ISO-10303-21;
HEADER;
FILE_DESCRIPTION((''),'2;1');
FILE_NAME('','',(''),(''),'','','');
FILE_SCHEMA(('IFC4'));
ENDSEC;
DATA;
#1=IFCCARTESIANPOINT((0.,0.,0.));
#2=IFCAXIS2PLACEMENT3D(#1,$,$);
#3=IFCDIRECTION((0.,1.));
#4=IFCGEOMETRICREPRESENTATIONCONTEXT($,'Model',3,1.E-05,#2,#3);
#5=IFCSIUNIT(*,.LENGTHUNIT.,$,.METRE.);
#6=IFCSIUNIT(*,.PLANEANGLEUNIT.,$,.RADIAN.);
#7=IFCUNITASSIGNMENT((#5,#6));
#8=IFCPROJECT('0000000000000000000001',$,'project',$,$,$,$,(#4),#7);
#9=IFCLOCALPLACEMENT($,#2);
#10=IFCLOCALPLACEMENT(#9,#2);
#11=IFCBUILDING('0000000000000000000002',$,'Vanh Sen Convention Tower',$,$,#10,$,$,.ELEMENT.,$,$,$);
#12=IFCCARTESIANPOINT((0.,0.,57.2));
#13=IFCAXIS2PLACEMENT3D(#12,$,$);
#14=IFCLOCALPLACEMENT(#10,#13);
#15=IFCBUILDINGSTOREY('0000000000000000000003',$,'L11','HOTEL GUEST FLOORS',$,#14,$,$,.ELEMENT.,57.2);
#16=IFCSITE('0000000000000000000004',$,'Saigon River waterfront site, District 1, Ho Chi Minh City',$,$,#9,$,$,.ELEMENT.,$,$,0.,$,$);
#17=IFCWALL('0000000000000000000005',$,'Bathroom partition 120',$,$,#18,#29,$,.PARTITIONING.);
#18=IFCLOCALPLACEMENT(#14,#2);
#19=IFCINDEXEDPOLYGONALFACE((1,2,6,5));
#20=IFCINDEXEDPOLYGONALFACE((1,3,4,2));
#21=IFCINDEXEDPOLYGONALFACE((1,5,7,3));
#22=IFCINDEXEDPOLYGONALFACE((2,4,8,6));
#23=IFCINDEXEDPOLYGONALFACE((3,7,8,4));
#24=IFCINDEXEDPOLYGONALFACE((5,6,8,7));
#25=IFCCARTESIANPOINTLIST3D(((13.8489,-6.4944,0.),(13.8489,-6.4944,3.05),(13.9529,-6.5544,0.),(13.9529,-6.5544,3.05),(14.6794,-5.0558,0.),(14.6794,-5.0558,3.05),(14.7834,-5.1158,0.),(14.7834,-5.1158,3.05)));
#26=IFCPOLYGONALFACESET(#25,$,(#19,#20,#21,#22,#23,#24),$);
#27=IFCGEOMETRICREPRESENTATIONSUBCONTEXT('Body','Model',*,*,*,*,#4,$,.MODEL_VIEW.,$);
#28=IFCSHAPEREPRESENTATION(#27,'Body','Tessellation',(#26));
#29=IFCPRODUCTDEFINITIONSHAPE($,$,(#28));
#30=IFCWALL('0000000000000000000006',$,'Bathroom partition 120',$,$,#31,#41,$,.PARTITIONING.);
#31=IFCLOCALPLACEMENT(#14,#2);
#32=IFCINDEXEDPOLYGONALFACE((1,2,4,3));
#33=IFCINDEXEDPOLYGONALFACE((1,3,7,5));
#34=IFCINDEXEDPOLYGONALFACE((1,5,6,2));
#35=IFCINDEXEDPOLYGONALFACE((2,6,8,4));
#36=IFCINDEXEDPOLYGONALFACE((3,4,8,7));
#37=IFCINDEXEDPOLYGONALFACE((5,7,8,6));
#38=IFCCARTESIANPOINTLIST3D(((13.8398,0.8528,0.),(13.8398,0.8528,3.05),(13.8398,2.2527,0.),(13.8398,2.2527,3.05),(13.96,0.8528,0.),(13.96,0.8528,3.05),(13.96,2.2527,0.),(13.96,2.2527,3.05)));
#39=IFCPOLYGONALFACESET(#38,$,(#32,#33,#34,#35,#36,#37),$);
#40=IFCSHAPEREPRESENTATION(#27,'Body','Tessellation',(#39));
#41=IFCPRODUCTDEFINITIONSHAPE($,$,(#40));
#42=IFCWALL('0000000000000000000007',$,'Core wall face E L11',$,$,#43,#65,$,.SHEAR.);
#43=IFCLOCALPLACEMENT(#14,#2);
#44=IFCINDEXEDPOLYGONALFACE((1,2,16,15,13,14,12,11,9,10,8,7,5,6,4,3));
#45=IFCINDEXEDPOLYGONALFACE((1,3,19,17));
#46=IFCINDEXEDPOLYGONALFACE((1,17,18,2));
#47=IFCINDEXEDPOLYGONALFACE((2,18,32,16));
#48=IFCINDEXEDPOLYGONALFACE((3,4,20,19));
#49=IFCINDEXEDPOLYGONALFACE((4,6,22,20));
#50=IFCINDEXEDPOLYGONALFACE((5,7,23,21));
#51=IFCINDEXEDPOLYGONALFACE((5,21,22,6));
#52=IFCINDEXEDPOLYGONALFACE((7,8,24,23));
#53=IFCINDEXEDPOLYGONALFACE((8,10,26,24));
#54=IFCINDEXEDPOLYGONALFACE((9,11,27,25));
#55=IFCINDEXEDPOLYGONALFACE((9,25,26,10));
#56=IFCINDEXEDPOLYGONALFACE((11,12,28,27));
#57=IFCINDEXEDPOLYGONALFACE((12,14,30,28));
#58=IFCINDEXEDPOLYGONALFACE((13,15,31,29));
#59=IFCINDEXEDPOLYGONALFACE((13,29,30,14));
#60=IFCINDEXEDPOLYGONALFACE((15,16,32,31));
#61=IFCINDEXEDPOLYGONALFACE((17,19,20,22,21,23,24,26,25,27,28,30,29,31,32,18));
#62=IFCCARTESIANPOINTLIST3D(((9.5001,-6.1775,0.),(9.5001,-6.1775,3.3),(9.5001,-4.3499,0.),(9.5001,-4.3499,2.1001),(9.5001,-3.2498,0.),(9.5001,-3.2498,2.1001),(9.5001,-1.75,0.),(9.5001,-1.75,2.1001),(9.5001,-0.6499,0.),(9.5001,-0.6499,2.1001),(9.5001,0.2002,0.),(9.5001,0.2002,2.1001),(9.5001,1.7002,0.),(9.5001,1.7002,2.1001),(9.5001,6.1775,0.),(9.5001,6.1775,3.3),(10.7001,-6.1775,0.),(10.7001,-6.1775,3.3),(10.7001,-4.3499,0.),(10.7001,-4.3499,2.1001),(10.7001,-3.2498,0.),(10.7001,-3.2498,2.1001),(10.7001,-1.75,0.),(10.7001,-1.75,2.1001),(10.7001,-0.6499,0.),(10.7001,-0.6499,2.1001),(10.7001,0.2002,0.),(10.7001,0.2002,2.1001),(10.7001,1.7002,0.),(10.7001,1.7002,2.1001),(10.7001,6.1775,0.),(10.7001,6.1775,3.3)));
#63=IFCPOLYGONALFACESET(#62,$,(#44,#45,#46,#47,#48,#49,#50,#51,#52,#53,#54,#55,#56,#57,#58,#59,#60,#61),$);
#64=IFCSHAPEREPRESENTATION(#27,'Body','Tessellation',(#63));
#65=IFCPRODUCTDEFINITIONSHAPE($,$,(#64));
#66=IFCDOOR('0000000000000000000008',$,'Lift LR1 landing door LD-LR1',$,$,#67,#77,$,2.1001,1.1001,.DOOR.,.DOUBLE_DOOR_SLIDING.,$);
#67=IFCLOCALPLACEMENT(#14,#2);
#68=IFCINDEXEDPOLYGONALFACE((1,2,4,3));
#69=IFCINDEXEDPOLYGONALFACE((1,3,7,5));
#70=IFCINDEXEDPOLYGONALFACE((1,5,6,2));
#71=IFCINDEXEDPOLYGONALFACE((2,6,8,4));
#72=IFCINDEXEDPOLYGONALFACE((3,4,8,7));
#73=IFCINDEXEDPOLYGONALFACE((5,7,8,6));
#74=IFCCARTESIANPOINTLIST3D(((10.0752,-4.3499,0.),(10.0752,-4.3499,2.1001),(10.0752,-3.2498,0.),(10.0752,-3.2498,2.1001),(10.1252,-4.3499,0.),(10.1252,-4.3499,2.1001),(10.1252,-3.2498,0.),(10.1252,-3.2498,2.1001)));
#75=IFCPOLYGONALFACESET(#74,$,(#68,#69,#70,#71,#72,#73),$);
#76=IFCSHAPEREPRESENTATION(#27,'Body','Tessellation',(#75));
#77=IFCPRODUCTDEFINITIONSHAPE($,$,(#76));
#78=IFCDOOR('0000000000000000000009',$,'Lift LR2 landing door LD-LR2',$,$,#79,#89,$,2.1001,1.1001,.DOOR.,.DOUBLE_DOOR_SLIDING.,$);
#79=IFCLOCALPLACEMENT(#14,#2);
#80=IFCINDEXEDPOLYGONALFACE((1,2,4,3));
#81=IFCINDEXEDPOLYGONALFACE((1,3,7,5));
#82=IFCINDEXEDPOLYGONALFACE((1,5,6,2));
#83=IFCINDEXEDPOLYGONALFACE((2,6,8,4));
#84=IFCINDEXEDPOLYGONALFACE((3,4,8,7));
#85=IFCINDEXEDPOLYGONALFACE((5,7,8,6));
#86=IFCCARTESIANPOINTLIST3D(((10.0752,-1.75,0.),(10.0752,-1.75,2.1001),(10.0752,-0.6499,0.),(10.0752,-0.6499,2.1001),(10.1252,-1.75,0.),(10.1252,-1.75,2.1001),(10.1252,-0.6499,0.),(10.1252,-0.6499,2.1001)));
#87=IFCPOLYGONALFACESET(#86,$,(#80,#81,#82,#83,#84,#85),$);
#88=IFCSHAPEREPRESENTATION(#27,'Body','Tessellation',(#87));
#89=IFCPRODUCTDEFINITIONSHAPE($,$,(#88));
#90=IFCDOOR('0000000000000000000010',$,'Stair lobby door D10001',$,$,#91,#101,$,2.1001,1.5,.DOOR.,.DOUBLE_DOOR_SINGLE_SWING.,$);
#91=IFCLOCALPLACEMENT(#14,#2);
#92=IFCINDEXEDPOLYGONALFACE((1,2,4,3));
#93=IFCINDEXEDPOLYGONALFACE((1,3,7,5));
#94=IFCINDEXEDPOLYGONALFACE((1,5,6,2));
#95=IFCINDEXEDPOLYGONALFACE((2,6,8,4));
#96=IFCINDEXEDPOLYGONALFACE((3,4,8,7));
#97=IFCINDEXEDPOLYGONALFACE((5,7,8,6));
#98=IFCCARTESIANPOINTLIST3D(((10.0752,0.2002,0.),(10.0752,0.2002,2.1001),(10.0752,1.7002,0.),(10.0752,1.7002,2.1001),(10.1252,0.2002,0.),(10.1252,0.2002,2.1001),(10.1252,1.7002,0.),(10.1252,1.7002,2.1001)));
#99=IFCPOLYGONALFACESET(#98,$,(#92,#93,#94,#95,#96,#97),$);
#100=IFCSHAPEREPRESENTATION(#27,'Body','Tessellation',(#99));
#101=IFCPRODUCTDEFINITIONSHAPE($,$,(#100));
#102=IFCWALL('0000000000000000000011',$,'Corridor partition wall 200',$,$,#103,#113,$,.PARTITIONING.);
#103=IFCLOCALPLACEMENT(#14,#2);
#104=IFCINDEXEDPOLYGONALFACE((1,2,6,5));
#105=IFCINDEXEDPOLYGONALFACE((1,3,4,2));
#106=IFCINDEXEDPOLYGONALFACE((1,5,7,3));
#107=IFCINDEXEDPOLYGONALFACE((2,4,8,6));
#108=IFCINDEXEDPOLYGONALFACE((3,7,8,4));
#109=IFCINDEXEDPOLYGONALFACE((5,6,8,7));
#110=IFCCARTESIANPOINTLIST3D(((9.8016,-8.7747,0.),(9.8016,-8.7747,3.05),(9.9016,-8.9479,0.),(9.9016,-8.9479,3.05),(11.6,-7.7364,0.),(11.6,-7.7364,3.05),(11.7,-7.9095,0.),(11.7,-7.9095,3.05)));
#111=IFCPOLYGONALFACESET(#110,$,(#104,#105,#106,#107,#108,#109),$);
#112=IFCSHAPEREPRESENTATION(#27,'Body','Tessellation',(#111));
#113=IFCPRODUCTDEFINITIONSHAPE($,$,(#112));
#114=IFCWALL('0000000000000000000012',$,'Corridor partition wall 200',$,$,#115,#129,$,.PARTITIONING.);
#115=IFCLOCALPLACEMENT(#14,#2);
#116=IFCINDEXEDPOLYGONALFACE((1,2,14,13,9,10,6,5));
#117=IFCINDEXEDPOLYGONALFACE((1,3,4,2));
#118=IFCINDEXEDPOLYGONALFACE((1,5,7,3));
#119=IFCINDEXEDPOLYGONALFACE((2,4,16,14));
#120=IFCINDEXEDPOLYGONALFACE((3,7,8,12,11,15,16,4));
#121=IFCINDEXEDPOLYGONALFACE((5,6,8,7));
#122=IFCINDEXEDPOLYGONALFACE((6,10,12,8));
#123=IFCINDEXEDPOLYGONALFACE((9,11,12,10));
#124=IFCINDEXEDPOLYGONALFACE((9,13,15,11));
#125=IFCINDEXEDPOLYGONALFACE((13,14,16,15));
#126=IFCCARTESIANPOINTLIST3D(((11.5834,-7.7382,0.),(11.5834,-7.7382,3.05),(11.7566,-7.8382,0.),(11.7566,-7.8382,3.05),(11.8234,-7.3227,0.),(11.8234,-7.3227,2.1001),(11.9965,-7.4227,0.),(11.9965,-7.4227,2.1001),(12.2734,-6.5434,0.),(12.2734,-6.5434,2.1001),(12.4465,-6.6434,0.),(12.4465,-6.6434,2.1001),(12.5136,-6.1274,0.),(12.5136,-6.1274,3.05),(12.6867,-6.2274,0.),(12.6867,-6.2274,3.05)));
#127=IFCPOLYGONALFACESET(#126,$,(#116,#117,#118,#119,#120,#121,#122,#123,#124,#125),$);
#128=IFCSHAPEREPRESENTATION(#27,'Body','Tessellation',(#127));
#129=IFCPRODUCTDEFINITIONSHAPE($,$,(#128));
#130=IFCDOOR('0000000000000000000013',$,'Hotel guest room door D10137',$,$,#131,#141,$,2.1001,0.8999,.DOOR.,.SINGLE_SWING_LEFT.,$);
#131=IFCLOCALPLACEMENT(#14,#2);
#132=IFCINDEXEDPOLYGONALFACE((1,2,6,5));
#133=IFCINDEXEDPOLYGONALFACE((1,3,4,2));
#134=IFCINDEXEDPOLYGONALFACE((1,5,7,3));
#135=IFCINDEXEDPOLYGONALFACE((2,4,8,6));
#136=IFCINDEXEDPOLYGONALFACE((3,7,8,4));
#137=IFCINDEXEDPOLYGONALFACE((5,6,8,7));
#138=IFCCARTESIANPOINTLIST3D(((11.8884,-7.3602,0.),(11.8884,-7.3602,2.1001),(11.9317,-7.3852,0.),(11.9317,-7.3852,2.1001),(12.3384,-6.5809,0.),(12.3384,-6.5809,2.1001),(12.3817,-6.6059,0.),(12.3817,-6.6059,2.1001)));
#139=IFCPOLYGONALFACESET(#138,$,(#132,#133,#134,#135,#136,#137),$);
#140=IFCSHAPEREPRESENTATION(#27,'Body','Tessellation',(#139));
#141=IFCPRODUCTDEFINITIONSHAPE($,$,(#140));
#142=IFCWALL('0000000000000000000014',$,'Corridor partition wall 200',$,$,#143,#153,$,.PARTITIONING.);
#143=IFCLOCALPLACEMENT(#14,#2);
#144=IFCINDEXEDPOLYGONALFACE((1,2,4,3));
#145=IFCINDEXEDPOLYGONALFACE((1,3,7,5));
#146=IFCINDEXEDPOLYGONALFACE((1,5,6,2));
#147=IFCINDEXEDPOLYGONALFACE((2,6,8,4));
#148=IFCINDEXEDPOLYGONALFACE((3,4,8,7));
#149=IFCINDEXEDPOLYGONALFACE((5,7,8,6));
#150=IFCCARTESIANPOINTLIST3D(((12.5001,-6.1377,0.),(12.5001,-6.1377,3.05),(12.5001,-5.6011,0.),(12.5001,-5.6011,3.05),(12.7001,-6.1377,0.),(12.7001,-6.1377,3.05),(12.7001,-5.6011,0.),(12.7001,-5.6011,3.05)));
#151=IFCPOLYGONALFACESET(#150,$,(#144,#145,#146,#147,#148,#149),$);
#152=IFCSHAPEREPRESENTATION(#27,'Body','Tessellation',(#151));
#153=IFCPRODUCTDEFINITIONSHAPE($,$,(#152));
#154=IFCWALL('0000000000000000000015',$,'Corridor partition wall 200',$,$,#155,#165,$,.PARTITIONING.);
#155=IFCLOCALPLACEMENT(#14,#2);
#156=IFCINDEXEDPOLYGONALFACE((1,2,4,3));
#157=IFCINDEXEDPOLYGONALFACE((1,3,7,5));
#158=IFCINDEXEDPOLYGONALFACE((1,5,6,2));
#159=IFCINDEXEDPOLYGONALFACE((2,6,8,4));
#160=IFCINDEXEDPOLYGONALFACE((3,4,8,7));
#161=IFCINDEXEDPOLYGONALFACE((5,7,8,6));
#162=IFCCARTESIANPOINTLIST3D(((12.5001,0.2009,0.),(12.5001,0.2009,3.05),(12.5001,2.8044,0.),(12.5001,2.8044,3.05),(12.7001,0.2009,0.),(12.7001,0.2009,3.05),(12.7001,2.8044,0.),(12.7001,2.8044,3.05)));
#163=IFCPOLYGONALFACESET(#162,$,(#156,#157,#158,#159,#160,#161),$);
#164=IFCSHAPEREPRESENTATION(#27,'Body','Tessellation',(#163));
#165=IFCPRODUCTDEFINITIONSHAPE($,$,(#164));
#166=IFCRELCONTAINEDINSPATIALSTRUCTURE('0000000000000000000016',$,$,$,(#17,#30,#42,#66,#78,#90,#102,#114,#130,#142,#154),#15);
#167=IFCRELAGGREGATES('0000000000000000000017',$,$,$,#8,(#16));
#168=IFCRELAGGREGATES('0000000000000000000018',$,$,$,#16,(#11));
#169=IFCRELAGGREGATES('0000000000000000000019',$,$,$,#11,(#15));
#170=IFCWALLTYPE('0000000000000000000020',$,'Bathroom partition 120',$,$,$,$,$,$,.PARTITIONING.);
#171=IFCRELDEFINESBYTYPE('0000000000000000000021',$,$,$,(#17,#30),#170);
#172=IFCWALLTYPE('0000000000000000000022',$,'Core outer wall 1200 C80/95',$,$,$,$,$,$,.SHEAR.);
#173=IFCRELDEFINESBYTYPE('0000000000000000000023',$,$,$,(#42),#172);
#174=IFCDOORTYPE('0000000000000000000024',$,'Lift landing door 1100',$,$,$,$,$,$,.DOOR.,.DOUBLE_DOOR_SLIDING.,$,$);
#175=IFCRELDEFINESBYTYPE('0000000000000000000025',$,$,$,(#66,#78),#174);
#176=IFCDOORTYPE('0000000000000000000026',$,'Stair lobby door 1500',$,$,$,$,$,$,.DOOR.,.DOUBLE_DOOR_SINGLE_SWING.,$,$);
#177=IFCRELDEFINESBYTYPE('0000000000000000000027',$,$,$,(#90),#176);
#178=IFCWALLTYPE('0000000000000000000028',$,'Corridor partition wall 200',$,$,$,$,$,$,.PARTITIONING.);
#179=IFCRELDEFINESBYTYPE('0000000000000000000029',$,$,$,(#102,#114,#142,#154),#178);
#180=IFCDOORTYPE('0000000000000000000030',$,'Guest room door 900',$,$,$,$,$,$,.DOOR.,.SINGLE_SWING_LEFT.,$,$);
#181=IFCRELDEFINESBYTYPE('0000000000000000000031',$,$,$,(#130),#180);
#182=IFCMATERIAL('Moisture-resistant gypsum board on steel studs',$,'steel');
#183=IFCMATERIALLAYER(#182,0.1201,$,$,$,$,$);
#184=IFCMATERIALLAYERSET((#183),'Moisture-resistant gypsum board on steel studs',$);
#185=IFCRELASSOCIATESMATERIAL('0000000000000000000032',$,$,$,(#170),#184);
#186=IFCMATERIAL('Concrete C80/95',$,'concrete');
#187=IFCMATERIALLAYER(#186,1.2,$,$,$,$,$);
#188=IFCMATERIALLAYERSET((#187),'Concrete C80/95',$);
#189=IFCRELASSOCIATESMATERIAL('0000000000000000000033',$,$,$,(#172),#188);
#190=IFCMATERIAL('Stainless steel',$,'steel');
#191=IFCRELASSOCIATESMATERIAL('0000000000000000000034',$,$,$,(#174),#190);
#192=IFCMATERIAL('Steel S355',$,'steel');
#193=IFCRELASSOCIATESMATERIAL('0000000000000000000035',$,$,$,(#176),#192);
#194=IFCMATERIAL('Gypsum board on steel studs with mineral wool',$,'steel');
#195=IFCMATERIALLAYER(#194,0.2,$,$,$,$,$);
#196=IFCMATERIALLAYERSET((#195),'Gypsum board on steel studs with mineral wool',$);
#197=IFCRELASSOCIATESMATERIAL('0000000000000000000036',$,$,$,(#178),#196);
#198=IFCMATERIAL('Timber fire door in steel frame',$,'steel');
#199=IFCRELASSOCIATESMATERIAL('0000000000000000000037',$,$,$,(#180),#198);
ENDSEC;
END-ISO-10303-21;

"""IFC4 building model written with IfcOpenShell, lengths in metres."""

from ifc_helpers import new_model, si_unit, direction, frame, frame_2d, origin, place, context, subcontext, project, spatial, rectangle, extrude, material, layer, layer_set, type_object, element, fill, save


model = new_model("IFC4")

# Units and contexts
model_context = context("Model", 3, precision=1e-05, world=origin(), true_north=direction((0.0, 1.0)))
body_context = subcontext(model_context, "Body", "Model", "MODEL_VIEW")
ifc_project = project(units=[si_unit("LENGTHUNIT", "METRE"), si_unit("PLANEANGLEUNIT", "RADIAN")], contexts=[model_context])

# Site, building, storey
site_placement = place(None, origin())
site = spatial("IfcSite", under=ifc_project, at=site_placement, Name="Saigon River waterfront site, District 1, Ho Chi Minh City", CompositionType="ELEMENT", RefElevation=0.0)
building_placement = place(site_placement, origin())
building = spatial("IfcBuilding", under=site, at=building_placement, Name="Vanh Sen Convention Tower", CompositionType="ELEMENT")
storey_placement = place(building_placement, frame((0.0, 0.0, 57.2)))
storey = spatial("IfcBuildingStorey", under=building, at=storey_placement, Name="L11", Description="HOTEL GUEST FLOORS", CompositionType="ELEMENT", Elevation=57.2)

# Walls
ifc_material_1 = material(Name="Moisture-resistant gypsum board on steel studs", Category="steel")
ifc_layer_1 = layer(ifc_material_1, 0.1201)
ifc_layer_set_1 = layer_set([ifc_layer_1], Name="Moisture-resistant gypsum board on steel studs")
wall_type_1 = type_object("IfcWallType", Name="Bathroom partition 120", PredefinedType="PARTITIONING", material=ifc_layer_set_1)
wall_1_placement = place(storey_placement, frame((13.9009, -6.5244, 0.0), z_axis=(0.0, 0.0, 1.0), x_axis=(0.499964, 0.866046, 0.0)))
element("IfcWall", 1, at=wall_1_placement, inside=storey, type_object=wall_type_1, Name="Bathroom partition 120", PredefinedType="PARTITIONING", context=body_context, shape_type="SweptSolid", body=[
    extrude(rectangle(XDim=1.6611, YDim=0.1201, at=frame_2d((0.8306, 0.0))), origin(), (0.0, 0.0, 1.0), 3.05),
])
wall_2_placement = place(storey_placement, frame((13.8999, 0.8528, 0.0), z_axis=(0.0, 0.0, 1.0), x_axis=(0.0, 1.0, 0.0)))
element("IfcWall", 2, at=wall_2_placement, inside=storey, type_object=wall_type_1, Name="Bathroom partition 120", PredefinedType="PARTITIONING", context=body_context, shape_type="SweptSolid", body=[
    extrude(rectangle(XDim=1.3999, YDim=0.1201, at=frame_2d((0.7, 0.0))), origin(), (0.0, 0.0, 1.0), 3.05),
])

# Wall, openings, doors
ifc_material_2 = material(Name="Concrete C80/95", Category="concrete")
ifc_layer_2 = layer(ifc_material_2, 1.2)
ifc_layer_set_2 = layer_set([ifc_layer_2], Name="Concrete C80/95")
wall_type_2 = type_object("IfcWallType", Name="Core outer wall 1200 C80/95", PredefinedType="SHEAR", material=ifc_layer_set_2)
wall_3_placement = place(storey_placement, frame((10.1001, -6.1775, 0.0), z_axis=(0.0, 0.0, 1.0), x_axis=(0.0, 1.0, 0.0)))
wall_3 = element("IfcWall", 3, at=wall_3_placement, inside=storey, type_object=wall_type_2, Name="Core wall face E L11", PredefinedType="SHEAR", context=body_context, shape_type="SweptSolid", body=[
    extrude(rectangle(XDim=12.355, YDim=1.2, at=frame_2d((6.1775, 0.0))), origin(), (0.0, 0.0, 1.0), 3.3),
])
opening_1_placement = place(wall_3_placement, frame((6.3777, 0.0, 0.0)))
opening_1 = element("IfcOpeningElement", 4, at=opening_1_placement, cuts=wall_3, PredefinedType="OPENING", context=body_context, shape_type="SweptSolid", body=[
    extrude(rectangle(XDim=1.5, YDim=2.1001, at=frame_2d((0.75, 1.05))), frame((0.0, 0.6099, 0.0), z_axis=(0.0, -1.0, 0.0), x_axis=(1.0, 0.0, 0.0)), (0.0, 0.0, 1.0), 1.22),
])
opening_2_placement = place(wall_3_placement, frame((1.8276, 0.0, 0.0)))
opening_2 = element("IfcOpeningElement", 5, at=opening_2_placement, cuts=wall_3, PredefinedType="OPENING", context=body_context, shape_type="SweptSolid", body=[
    extrude(rectangle(XDim=1.1001, YDim=2.1001, at=frame_2d((0.55, 1.05))), frame((0.0, 0.6099, 0.0), z_axis=(0.0, -1.0, 0.0), x_axis=(1.0, 0.0, 0.0)), (0.0, 0.0, 1.0), 1.22),
])
opening_3_placement = place(wall_3_placement, frame((4.4275, 0.0, 0.0)))
opening_3 = element("IfcOpeningElement", 6, at=opening_3_placement, cuts=wall_3, PredefinedType="OPENING", context=body_context, shape_type="SweptSolid", body=[
    extrude(rectangle(XDim=1.1001, YDim=2.1001, at=frame_2d((0.55, 1.05))), frame((0.0, 0.6099, 0.0), z_axis=(0.0, -1.0, 0.0), x_axis=(1.0, 0.0, 0.0)), (0.0, 0.0, 1.0), 1.22),
])
ifc_material_3 = material(Name="Stainless steel", Category="steel")
door_type_1 = type_object("IfcDoorType", Name="Lift landing door 1100", OperationType="DOUBLE_DOOR_SLIDING", PredefinedType="DOOR", material=ifc_material_3)
door_1_placement = place(opening_2_placement, origin())
door_1 = element("IfcDoor", 7, at=door_1_placement, inside=storey, type_object=door_type_1, Name="Lift LR1 landing door LD-LR1", OperationType="DOUBLE_DOOR_SLIDING", OverallHeight=2.1001, OverallWidth=1.1001, PredefinedType="DOOR", context=body_context, shape_type="SweptSolid", body=[
    extrude(rectangle(XDim=1.1001, YDim=2.1001, at=frame_2d((0.55, 1.05))), frame((0.0, 0.0249, 0.0), z_axis=(0.0, -1.0, 0.0), x_axis=(1.0, 0.0, 0.0)), (0.0, 0.0, 1.0), 0.05),
])
fill(opening_2, door_1)
door_2_placement = place(opening_3_placement, origin())
door_2 = element("IfcDoor", 8, at=door_2_placement, inside=storey, type_object=door_type_1, Name="Lift LR2 landing door LD-LR2", OperationType="DOUBLE_DOOR_SLIDING", OverallHeight=2.1001, OverallWidth=1.1001, PredefinedType="DOOR", context=body_context, shape_type="SweptSolid", body=[
    extrude(rectangle(XDim=1.1001, YDim=2.1001, at=frame_2d((0.55, 1.05))), frame((0.0, 0.0249, 0.0), z_axis=(0.0, -1.0, 0.0), x_axis=(1.0, 0.0, 0.0)), (0.0, 0.0, 1.0), 0.05),
])
fill(opening_3, door_2)
ifc_material_4 = material(Name="Steel S355", Category="steel")
door_type_2 = type_object("IfcDoorType", Name="Stair lobby door 1500", OperationType="DOUBLE_DOOR_SINGLE_SWING", PredefinedType="DOOR", material=ifc_material_4)
door_3_placement = place(opening_1_placement, origin())
door_3 = element("IfcDoor", 9, at=door_3_placement, inside=storey, type_object=door_type_2, Name="Stair lobby door D10001", OperationType="DOUBLE_DOOR_SINGLE_SWING", OverallHeight=2.1001, OverallWidth=1.5, PredefinedType="DOOR", context=body_context, shape_type="SweptSolid", body=[
    extrude(rectangle(XDim=1.5, YDim=2.1001, at=frame_2d((0.75, 1.05))), frame((0.0, 0.0249, 0.0), z_axis=(0.0, -1.0, 0.0), x_axis=(1.0, 0.0, 0.0)), (0.0, 0.0, 1.0), 0.05),
])
fill(opening_1, door_3)

# Wall
ifc_material_5 = material(Name="Gypsum board on steel studs with mineral wool", Category="steel")
ifc_layer_3 = layer(ifc_material_5, 0.2)
ifc_layer_set_3 = layer_set([ifc_layer_3], Name="Gypsum board on steel studs with mineral wool")
wall_type_3 = type_object("IfcWallType", Name="Corridor partition wall 200", PredefinedType="PARTITIONING", material=ifc_layer_set_3)
wall_4_placement = place(storey_placement, frame((9.8516, -8.8613, 0.0), z_axis=(0.0, 0.0, 1.0), x_axis=(0.866013, 0.500021, 0.0)))
element("IfcWall", 10, at=wall_4_placement, inside=storey, type_object=wall_type_3, Name="Corridor partition wall 200", PredefinedType="PARTITIONING", context=body_context, shape_type="SweptSolid", body=[
    extrude(rectangle(XDim=2.0767, YDim=0.2, at=frame_2d((1.0383, 0.0))), origin(), (0.0, 0.0, 1.0), 3.05),
])

# Wall, opening, door
wall_5_placement = place(storey_placement, frame((11.6699, -7.7883, 0.0), z_axis=(0.0, 0.0, 1.0), x_axis=(0.500063, 0.865989, 0.0)))
wall_5 = element("IfcWall", 11, at=wall_5_placement, inside=storey, type_object=wall_type_3, Name="Corridor partition wall 200", PredefinedType="PARTITIONING", context=body_context, shape_type="SweptSolid", body=[
    extrude(rectangle(XDim=1.8601, YDim=0.2, at=frame_2d((0.9302, 0.0))), origin(), (0.0, 0.0, 1.0), 3.05),
])
opening_4_placement = place(wall_5_placement, frame((0.48, 0.0, 0.0)))
opening_4 = element("IfcOpeningElement", 12, at=opening_4_placement, cuts=wall_5, PredefinedType="OPENING", context=body_context, shape_type="SweptSolid", body=[
    extrude(rectangle(XDim=0.8999, YDim=2.1001, at=frame_2d((0.45, 1.05))), frame((0.0, 0.1099, 0.0), z_axis=(0.0, -1.0, 0.0), x_axis=(1.0, 0.0, 0.0)), (0.0, 0.0, 1.0), 0.22),
])
ifc_material_6 = material(Name="Timber fire door in steel frame", Category="steel")
door_type_3 = type_object("IfcDoorType", Name="Guest room door 900", OperationType="SINGLE_SWING_LEFT", PredefinedType="DOOR", material=ifc_material_6)
door_4_placement = place(opening_4_placement, origin())
door_4 = element("IfcDoor", 13, at=door_4_placement, inside=storey, type_object=door_type_3, Name="Hotel guest room door D10137", OperationType="SINGLE_SWING_LEFT", OverallHeight=2.1001, OverallWidth=0.8999, PredefinedType="DOOR", context=body_context, shape_type="SweptSolid", body=[
    extrude(rectangle(XDim=0.8999, YDim=2.1001, at=frame_2d((0.45, 1.05))), frame((0.0, 0.0249, 0.0), z_axis=(0.0, -1.0, 0.0), x_axis=(1.0, 0.0, 0.0)), (0.0, 0.0, 1.0), 0.05),
])
fill(opening_4, door_4)

# Walls
wall_6_placement = place(storey_placement, frame((12.6001, -6.1377, 0.0), z_axis=(0.0, 0.0, 1.0), x_axis=(0.0, 1.0, 0.0)))
element("IfcWall", 14, at=wall_6_placement, inside=storey, type_object=wall_type_3, Name="Corridor partition wall 200", PredefinedType="PARTITIONING", context=body_context, shape_type="SweptSolid", body=[
    extrude(rectangle(XDim=0.5366, YDim=0.2, at=frame_2d((0.2683, 0.0))), origin(), (0.0, 0.0, 1.0), 3.05),
])
wall_7_placement = place(storey_placement, frame((12.6001, 0.2009, 0.0), z_axis=(0.0, 0.0, 1.0), x_axis=(0.0, 1.0, 0.0)))
element("IfcWall", 15, at=wall_7_placement, inside=storey, type_object=wall_type_3, Name="Corridor partition wall 200", PredefinedType="PARTITIONING", context=body_context, shape_type="SweptSolid", body=[
    extrude(rectangle(XDim=2.6035, YDim=0.2, at=frame_2d((1.3018, 0.0))), origin(), (0.0, 0.0, 1.0), 3.05),
])

save(model, "model.ifc")
